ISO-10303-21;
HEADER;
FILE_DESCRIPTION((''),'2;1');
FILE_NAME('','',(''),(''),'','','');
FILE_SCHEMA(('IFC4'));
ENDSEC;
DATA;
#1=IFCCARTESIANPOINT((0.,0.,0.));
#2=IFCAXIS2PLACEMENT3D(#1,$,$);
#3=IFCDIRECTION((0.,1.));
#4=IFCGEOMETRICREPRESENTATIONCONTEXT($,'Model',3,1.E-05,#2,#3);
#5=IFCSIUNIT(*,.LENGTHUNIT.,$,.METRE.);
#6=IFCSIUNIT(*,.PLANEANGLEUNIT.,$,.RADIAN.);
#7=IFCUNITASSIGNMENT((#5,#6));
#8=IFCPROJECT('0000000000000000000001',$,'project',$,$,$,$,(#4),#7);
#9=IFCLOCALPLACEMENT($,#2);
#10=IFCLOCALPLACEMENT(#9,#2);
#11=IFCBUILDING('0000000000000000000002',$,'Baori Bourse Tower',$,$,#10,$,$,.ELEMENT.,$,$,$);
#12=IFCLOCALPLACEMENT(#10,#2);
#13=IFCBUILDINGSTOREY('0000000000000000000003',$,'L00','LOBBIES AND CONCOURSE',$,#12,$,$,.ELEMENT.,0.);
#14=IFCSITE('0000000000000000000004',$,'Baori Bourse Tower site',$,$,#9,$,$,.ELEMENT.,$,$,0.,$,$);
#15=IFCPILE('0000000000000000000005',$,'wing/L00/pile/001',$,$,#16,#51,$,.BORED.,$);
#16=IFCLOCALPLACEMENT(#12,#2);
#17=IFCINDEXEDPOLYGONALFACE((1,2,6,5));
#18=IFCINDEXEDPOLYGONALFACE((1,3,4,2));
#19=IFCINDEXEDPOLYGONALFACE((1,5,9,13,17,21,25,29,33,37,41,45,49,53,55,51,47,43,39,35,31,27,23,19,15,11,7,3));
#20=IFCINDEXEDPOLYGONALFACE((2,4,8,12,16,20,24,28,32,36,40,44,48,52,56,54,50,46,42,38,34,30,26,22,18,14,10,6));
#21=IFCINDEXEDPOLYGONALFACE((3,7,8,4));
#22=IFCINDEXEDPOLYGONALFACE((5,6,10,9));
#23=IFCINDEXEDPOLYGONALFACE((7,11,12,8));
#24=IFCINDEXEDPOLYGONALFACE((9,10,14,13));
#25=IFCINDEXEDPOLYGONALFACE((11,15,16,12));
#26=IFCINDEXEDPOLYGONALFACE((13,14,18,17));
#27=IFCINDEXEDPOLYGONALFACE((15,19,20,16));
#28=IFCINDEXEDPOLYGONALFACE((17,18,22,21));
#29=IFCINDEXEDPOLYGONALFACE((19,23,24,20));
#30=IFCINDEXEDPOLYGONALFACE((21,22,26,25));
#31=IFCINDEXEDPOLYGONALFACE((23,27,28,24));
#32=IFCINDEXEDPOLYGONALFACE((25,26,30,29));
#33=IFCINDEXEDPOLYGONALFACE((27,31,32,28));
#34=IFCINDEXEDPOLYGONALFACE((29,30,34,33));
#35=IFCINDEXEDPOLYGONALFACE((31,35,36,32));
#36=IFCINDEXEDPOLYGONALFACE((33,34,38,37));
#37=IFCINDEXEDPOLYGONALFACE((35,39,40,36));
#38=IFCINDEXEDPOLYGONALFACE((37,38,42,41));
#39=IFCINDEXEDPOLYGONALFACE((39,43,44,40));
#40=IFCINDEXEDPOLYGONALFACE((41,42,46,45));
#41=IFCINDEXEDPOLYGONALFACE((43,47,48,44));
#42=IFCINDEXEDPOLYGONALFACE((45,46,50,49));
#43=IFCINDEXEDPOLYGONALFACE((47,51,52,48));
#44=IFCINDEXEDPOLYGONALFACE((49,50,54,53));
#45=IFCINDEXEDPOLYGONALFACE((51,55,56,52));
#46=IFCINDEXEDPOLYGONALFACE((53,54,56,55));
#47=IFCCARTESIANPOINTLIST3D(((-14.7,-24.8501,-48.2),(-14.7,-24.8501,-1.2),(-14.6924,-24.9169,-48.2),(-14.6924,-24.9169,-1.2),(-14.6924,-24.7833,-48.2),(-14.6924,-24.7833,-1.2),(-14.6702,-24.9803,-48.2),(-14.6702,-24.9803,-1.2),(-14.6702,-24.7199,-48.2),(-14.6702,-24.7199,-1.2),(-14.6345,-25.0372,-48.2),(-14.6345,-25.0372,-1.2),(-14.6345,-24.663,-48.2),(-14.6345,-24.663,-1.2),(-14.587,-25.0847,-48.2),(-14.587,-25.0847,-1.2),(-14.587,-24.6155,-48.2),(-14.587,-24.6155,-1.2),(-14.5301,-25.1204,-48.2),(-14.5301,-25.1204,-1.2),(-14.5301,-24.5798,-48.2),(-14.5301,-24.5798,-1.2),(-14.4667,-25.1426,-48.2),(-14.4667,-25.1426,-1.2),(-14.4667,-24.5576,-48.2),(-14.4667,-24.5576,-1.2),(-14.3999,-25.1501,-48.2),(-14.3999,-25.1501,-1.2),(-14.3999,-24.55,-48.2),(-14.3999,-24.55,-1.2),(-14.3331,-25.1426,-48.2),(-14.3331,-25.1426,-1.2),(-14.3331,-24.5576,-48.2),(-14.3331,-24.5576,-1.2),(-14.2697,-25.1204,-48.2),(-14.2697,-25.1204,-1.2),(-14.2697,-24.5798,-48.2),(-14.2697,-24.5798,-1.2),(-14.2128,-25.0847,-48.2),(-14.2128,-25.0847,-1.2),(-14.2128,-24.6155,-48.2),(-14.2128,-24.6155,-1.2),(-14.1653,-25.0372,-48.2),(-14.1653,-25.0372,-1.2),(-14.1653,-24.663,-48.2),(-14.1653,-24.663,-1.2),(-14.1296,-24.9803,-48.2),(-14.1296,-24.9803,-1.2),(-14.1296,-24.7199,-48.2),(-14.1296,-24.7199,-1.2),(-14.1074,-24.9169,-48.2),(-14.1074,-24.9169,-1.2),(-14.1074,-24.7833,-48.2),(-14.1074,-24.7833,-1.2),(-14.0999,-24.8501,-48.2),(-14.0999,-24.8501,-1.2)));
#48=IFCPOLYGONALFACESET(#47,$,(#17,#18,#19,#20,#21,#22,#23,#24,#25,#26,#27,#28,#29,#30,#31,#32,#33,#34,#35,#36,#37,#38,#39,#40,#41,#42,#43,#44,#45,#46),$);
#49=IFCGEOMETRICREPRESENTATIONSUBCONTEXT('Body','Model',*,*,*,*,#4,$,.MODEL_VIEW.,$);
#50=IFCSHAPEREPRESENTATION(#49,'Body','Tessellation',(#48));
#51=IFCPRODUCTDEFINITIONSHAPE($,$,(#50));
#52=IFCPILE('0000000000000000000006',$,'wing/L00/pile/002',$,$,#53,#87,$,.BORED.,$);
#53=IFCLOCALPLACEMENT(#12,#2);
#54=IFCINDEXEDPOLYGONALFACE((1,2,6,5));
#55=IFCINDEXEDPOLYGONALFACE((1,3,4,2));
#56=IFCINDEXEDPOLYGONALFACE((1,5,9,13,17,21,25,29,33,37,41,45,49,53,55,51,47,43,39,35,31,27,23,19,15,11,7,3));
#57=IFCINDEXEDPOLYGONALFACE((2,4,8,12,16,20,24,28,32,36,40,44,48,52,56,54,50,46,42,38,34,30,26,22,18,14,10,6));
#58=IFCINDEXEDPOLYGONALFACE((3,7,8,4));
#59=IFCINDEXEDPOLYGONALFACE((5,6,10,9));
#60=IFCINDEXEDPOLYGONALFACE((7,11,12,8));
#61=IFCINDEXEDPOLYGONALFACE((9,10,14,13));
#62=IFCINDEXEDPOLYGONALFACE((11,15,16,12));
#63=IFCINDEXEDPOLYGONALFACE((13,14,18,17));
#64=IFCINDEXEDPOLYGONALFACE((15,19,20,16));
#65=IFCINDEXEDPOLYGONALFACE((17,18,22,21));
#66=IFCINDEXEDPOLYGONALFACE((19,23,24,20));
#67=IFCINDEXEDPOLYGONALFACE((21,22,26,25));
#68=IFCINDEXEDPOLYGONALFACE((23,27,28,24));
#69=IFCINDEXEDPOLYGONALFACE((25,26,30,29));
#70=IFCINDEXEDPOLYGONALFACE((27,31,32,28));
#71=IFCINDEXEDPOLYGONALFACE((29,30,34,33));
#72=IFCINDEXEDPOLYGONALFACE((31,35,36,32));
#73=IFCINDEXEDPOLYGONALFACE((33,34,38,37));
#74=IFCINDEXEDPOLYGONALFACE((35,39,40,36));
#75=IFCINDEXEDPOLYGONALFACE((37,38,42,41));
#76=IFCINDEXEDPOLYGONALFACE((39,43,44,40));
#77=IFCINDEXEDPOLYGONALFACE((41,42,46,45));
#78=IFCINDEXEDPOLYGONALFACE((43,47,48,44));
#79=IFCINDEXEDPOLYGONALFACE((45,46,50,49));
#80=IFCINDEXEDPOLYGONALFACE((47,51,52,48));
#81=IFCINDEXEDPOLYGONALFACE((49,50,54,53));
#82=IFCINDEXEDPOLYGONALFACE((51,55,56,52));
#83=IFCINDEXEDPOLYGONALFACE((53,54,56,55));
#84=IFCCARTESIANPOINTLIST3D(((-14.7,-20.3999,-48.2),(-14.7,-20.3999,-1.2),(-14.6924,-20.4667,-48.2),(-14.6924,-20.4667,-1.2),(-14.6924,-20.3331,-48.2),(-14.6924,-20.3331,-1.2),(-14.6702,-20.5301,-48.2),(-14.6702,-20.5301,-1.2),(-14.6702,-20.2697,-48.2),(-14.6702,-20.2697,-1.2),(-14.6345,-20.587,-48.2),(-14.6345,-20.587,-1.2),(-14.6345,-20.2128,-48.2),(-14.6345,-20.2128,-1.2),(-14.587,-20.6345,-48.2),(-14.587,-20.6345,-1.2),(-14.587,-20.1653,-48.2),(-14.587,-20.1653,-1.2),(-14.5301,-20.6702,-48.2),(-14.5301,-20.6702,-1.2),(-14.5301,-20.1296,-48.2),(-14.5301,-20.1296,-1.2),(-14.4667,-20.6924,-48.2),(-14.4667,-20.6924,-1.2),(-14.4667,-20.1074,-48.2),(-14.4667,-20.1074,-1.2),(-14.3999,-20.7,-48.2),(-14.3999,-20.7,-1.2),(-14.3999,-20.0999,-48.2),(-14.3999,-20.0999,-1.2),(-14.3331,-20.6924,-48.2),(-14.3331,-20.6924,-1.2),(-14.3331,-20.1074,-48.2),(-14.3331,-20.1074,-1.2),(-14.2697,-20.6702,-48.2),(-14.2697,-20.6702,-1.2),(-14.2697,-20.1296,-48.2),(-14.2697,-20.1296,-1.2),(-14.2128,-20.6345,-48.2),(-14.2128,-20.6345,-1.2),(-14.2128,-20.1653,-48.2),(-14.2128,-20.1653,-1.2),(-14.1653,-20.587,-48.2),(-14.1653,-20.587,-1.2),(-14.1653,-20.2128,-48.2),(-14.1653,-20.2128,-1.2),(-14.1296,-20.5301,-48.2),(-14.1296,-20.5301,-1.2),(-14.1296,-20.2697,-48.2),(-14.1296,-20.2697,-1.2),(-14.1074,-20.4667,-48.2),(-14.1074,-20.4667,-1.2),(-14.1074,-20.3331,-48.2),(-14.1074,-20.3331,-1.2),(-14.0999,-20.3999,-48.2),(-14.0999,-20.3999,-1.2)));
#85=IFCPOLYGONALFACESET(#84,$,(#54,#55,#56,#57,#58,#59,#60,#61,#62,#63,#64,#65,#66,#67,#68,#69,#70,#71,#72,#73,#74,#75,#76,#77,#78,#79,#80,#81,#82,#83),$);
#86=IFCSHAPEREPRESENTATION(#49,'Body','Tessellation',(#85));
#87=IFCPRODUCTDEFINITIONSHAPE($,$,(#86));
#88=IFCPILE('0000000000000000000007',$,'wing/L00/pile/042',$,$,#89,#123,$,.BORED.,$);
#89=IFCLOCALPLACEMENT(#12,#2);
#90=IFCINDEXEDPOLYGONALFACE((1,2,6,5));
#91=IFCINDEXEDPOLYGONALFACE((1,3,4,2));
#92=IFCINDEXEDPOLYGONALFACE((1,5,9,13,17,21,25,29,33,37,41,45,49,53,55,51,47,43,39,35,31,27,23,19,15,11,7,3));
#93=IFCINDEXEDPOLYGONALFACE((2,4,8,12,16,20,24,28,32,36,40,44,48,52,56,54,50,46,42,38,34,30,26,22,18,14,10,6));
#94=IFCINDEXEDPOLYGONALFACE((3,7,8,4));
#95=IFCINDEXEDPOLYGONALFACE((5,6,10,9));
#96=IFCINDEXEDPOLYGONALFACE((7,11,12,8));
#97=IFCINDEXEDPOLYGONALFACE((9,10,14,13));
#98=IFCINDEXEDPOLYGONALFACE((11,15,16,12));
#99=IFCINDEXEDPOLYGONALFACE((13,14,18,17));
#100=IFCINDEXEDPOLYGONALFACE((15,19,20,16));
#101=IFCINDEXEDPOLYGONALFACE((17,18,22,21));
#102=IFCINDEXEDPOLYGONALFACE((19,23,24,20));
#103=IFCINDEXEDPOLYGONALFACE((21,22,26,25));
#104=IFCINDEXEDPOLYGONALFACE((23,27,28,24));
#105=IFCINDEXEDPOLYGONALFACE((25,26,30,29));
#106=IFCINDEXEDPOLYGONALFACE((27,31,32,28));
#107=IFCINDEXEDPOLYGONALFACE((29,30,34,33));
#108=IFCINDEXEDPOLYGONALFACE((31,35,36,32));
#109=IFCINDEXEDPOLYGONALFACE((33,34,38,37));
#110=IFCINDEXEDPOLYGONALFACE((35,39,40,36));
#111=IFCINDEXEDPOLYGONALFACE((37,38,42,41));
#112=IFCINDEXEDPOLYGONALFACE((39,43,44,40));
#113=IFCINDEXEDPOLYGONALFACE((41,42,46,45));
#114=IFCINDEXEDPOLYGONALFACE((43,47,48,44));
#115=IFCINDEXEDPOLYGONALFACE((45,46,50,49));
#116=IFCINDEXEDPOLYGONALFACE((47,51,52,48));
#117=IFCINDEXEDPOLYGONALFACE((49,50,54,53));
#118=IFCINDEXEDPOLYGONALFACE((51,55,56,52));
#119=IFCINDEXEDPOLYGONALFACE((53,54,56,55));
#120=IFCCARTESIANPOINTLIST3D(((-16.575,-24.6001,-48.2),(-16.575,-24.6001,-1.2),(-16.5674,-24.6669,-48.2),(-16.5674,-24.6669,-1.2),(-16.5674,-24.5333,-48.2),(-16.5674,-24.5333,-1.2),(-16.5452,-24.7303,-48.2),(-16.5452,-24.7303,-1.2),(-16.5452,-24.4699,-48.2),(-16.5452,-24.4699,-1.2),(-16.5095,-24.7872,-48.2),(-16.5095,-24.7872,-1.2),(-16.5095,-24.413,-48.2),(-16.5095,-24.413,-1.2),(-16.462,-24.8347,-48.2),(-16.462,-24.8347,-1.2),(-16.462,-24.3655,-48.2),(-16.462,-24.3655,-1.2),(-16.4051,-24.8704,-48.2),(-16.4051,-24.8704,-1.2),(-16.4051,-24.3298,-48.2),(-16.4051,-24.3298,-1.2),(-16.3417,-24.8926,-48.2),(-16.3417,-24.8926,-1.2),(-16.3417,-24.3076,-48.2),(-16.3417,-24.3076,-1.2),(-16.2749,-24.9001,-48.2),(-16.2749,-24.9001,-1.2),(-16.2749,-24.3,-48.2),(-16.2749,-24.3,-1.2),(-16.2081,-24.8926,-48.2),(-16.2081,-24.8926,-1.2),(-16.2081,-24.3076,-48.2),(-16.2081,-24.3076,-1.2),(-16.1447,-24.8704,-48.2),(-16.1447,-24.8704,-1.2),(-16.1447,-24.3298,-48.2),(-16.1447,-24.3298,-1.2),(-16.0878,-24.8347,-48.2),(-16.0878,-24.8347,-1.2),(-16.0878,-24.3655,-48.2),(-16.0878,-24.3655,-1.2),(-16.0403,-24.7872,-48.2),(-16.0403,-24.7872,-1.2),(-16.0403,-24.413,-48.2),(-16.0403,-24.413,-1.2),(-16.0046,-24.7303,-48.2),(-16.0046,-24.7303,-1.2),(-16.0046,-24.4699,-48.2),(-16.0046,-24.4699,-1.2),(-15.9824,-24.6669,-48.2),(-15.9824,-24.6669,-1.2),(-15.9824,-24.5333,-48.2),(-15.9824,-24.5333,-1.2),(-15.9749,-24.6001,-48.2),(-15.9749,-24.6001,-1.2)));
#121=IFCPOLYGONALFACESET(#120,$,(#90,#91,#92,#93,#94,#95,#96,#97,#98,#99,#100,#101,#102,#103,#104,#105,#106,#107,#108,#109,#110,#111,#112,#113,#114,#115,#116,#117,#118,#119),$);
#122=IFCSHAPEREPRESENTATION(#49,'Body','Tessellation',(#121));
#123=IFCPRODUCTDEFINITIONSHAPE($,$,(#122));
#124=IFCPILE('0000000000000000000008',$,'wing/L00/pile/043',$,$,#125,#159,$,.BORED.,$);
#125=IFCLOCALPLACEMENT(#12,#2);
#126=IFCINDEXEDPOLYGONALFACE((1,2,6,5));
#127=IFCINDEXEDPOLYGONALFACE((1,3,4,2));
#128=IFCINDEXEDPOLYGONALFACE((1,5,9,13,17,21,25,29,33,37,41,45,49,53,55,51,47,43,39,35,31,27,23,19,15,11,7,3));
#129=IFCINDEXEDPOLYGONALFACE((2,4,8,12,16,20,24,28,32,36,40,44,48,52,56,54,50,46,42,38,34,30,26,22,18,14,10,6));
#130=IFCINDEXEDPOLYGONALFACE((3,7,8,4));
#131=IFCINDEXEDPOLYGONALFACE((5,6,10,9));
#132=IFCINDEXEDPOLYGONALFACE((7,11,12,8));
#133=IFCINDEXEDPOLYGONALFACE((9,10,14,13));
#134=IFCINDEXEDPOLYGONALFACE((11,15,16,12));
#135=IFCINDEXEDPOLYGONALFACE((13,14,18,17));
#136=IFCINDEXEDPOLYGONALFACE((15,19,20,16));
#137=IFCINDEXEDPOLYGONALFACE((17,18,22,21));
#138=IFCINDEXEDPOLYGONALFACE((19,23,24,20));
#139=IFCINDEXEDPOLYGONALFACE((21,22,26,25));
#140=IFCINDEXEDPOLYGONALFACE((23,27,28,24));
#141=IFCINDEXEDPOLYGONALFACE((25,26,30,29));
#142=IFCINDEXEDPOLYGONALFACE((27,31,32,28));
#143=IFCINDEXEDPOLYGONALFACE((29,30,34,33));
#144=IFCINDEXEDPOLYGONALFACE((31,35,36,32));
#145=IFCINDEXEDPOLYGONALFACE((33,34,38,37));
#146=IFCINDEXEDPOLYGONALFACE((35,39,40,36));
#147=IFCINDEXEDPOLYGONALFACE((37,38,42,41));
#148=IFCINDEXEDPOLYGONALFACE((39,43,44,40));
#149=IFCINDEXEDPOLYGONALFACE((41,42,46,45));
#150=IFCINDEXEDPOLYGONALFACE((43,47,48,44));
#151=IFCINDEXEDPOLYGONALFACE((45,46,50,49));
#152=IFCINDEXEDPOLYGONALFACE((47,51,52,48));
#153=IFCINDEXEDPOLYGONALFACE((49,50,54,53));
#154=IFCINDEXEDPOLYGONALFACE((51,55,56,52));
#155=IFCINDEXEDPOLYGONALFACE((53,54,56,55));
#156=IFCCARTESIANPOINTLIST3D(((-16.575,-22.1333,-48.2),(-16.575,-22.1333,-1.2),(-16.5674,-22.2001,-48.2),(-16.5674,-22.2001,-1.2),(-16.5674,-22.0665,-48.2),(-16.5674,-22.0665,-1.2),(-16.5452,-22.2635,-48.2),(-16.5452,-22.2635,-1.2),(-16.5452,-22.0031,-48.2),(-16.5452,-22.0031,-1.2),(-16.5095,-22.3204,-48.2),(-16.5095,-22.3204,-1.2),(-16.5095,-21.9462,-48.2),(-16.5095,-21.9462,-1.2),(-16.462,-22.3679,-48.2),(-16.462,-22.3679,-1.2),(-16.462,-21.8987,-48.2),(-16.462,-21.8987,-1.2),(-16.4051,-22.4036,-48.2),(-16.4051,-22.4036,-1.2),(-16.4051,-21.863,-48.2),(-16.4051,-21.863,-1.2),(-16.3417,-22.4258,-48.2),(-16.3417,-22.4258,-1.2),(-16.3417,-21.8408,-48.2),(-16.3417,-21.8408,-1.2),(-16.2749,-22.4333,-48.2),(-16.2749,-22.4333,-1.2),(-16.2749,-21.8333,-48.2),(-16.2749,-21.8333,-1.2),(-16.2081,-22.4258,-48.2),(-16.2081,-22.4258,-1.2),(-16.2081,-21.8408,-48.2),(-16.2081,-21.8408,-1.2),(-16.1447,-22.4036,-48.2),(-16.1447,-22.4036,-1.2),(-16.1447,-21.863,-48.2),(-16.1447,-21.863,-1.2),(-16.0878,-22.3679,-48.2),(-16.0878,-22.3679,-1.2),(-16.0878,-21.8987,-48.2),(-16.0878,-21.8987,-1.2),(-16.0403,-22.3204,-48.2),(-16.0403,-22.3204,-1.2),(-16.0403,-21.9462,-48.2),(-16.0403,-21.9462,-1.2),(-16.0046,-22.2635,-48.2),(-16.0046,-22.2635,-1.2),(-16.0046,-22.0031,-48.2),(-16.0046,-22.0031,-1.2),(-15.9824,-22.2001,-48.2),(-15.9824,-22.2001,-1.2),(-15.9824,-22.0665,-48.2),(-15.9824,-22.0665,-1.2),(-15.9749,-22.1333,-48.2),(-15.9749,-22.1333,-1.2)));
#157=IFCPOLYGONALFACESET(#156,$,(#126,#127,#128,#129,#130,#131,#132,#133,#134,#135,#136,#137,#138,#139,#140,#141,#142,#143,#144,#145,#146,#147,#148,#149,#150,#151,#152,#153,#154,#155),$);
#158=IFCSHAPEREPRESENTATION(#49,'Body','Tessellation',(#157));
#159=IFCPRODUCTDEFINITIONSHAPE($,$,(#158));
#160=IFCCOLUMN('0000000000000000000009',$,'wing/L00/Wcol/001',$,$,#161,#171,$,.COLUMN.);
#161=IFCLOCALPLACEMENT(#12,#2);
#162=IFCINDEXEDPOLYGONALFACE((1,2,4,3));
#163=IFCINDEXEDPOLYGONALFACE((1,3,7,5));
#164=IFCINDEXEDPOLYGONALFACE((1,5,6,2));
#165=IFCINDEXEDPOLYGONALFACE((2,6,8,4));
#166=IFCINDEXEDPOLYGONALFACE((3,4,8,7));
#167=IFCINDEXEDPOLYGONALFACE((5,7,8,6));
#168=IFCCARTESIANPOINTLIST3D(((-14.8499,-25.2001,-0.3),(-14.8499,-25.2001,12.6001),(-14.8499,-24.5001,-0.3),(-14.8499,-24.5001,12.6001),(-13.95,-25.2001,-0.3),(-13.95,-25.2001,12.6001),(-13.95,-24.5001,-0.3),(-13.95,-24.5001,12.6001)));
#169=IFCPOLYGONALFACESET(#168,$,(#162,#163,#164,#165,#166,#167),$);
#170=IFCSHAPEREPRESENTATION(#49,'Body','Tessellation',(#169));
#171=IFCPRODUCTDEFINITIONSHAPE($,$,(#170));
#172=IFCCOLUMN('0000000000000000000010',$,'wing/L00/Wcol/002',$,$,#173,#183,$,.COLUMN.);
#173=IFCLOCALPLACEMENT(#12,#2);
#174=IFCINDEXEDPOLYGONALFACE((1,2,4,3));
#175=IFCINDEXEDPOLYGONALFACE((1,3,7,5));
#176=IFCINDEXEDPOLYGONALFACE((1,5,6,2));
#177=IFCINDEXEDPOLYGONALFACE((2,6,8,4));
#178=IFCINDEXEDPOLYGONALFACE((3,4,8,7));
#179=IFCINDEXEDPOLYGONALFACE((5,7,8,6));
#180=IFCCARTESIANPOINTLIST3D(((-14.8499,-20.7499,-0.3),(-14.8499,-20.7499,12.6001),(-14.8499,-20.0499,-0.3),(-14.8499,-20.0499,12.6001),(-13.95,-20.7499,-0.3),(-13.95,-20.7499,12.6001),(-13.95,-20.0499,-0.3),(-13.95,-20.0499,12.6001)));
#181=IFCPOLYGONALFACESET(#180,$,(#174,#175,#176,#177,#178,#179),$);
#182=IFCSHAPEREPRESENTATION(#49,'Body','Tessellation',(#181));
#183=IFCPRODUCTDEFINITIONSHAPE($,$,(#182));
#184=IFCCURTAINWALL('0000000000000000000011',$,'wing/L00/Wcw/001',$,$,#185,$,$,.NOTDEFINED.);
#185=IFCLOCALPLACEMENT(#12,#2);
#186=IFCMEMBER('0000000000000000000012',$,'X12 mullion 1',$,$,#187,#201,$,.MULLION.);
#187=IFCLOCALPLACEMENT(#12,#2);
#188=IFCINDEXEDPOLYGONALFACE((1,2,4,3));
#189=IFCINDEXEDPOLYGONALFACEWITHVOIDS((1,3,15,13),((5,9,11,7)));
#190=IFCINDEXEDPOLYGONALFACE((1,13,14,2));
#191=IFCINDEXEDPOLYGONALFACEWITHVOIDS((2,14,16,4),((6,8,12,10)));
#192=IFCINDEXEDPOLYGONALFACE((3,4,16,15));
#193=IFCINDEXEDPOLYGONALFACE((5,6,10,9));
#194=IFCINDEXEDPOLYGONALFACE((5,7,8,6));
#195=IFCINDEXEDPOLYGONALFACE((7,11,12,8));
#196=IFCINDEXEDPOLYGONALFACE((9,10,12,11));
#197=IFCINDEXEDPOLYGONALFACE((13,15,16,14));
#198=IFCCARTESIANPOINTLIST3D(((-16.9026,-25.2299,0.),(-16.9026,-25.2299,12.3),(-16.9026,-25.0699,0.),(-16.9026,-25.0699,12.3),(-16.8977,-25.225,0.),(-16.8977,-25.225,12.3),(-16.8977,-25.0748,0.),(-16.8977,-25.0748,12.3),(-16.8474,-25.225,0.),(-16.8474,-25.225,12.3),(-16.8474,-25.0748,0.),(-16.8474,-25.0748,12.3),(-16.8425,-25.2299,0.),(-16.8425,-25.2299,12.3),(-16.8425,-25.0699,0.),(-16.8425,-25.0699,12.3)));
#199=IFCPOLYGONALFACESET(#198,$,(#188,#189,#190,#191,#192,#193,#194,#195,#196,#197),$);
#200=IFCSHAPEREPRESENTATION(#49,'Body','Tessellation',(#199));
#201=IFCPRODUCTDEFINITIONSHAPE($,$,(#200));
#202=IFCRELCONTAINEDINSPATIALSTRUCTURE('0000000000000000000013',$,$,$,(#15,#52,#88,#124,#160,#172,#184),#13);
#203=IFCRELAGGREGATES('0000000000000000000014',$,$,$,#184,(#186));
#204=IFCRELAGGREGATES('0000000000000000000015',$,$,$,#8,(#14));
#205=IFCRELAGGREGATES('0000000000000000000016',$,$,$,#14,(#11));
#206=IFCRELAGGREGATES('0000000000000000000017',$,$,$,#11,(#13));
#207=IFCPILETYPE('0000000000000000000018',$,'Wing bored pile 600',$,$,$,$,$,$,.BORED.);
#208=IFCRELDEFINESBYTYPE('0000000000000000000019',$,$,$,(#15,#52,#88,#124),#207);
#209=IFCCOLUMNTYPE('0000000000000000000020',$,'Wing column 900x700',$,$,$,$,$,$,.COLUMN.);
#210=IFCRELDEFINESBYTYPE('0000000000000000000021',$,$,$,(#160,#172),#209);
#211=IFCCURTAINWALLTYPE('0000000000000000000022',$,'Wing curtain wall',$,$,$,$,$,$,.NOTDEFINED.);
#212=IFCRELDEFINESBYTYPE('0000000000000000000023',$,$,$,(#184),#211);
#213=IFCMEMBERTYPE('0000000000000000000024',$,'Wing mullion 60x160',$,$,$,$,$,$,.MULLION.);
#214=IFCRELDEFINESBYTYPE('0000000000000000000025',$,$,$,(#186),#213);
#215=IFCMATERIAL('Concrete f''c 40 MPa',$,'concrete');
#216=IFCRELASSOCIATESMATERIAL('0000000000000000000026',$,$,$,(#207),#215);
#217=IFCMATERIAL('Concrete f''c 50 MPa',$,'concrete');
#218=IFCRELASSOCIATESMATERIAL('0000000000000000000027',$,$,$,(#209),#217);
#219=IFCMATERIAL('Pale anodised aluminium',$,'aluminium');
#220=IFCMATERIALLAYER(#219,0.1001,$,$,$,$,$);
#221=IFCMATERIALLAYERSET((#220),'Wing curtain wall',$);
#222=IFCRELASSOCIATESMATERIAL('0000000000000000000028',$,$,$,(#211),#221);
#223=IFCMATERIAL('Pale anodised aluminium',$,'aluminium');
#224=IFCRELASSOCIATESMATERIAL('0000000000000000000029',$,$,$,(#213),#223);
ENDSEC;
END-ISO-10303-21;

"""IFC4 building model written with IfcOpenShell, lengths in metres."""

from ifc_helpers import new_model, si_unit, direction, frame, origin, origin_2d, place, context, subcontext, project, spatial, rectangle, hollow_rectangle, circle, extrude, material, layer, layer_set, material_profile, profile_set, type_object, element, aggregate, save


model = new_model("IFC4")

# Units and contexts
model_context = context("Model", 3, precision=1e-05, world=origin(), true_north=direction((0.0, 1.0)))
body_context = subcontext(model_context, "Body", "Model", "MODEL_VIEW")
ifc_project = project(units=[si_unit("LENGTHUNIT", "METRE"), si_unit("PLANEANGLEUNIT", "RADIAN")], contexts=[model_context])

# Site, building, storey
site_placement = place(None, origin())
site = spatial("IfcSite", under=ifc_project, at=site_placement, Name="Baori Bourse Tower site", CompositionType="ELEMENT", RefElevation=0.0)
building_placement = place(site_placement, origin())
building = spatial("IfcBuilding", under=site, at=building_placement, Name="Baori Bourse Tower", CompositionType="ELEMENT")
storey_placement = place(building_placement, origin())
storey = spatial("IfcBuildingStorey", under=building, at=storey_placement, Name="L00", Description="LOBBIES AND CONCOURSE", CompositionType="ELEMENT", Elevation=0.0)

# Piles
ifc_material_1 = material(Name="Concrete f'c 40 MPa", Category="concrete")
ifc_material_profile_1 = material_profile(ifc_material_1, circle(Radius=0.3, at=origin_2d()), Name="Wing bored pile 600")
ifc_profile_set_1 = profile_set([ifc_material_profile_1], Name="Concrete f'c 40 MPa")
pile_type = type_object("IfcPileType", Name="Wing bored pile 600", PredefinedType="BORED", material=ifc_profile_set_1)
for number, where, z_axis, x_axis, name in (
    (1, (-14.3999, -24.8501, -1.2), (0.0, 0.0, -1.0), (1.0, 0.0, 0.0), "wing/L00/pile/001"),
    (2, (-14.3999, -20.3999, -1.2), (0.0, 0.0, -1.0), (1.0, 0.0, 0.0), "wing/L00/pile/002"),
    (3, (-16.2749, -24.6001, -1.2), (0.0, 0.0, -1.0), (1.0, 0.0, 0.0), "wing/L00/pile/042"),
    (4, (-16.2749, -22.1333, -1.2), (0.0, 0.0, -1.0), (1.0, 0.0, 0.0), "wing/L00/pile/043"),
):
    element("IfcPile", number, at=place(storey_placement, frame(where, z_axis=z_axis, x_axis=x_axis)), inside=storey, type_object=pile_type, Name=name, PredefinedType="BORED", context=body_context, shape_type="SweptSolid", body=[
        extrude(circle(Radius=0.3, at=origin_2d()), origin(), (0.0, 0.0, 1.0), 47.0),
    ])

# Columns
ifc_material_2 = material(Name="Concrete f'c 50 MPa", Category="concrete")
ifc_material_profile_2 = material_profile(ifc_material_2, rectangle(XDim=0.8999, YDim=0.7, at=origin_2d()), Name="Wing column 900x700")
ifc_profile_set_2 = profile_set([ifc_material_profile_2], Name="Concrete f'c 50 MPa")
column_type = type_object("IfcColumnType", Name="Wing column 900x700", PredefinedType="COLUMN", material=ifc_profile_set_2)
for number, where, z_axis, x_axis, name in (
    (5, (-14.3999, -24.8501, -0.3), (0.0, 0.0, 1.0), (1.0, 0.0, 0.0), "wing/L00/Wcol/001"),
    (6, (-14.3999, -20.3999, -0.3), (0.0, 0.0, 1.0), (1.0, 0.0, 0.0), "wing/L00/Wcol/002"),
):
    element("IfcColumn", number, at=place(storey_placement, frame(where, z_axis=z_axis, x_axis=x_axis)), inside=storey, type_object=column_type, Name=name, PredefinedType="COLUMN", context=body_context, shape_type="SweptSolid", body=[
        extrude(rectangle(XDim=0.8999, YDim=0.7, at=origin_2d()), origin(), (0.0, 0.0, 1.0), 12.9001),
    ])

# Curtain wall, member
ifc_material_3 = material(Name="Pale anodised aluminium", Category="aluminium")
ifc_layer_1 = layer(ifc_material_3, 0.1001)
ifc_layer_set_1 = layer_set([ifc_layer_1], Name="Wing curtain wall")
curtain_wall_type = type_object("IfcCurtainWallType", Name="Wing curtain wall", PredefinedType="NOTDEFINED", material=ifc_layer_set_1)
curtain_wall_1_placement = place(storey_placement, origin())
curtain_wall_1 = element("IfcCurtainWall", 7, at=curtain_wall_1_placement, inside=storey, type_object=curtain_wall_type, Name="wing/L00/Wcw/001", PredefinedType="NOTDEFINED")
ifc_material_4 = material(Name="Pale anodised aluminium", Category="aluminium")
ifc_material_profile_3 = material_profile(ifc_material_4, hollow_rectangle(XDim=0.1599, YDim=0.0601, WallThickness=0.0049, at=origin_2d()), Name="Mullion 160x60x5")
ifc_profile_set_3 = profile_set([ifc_material_profile_3], Name="Pale anodised aluminium")
member_type_1 = type_object("IfcMemberType", Name="Wing mullion 60x160", PredefinedType="MULLION", material=ifc_profile_set_3)
member_1_placement = place(storey_placement, frame((-16.8726, -25.1499, 0.0), z_axis=(0.0, 0.0, 1.0), x_axis=(0.0, 1.0, 0.0)))
member_1 = element("IfcMember", 8, at=member_1_placement, type_object=member_type_1, Name="X12 mullion 1", PredefinedType="MULLION", context=body_context, shape_type="SweptSolid", body=[
    extrude(hollow_rectangle(XDim=0.1599, YDim=0.0601, WallThickness=0.0049, at=origin_2d()), origin(), (0.0, 0.0, 1.0), 12.3),
])

aggregate(curtain_wall_1, [member_1])

save(model, "model.ifc")
